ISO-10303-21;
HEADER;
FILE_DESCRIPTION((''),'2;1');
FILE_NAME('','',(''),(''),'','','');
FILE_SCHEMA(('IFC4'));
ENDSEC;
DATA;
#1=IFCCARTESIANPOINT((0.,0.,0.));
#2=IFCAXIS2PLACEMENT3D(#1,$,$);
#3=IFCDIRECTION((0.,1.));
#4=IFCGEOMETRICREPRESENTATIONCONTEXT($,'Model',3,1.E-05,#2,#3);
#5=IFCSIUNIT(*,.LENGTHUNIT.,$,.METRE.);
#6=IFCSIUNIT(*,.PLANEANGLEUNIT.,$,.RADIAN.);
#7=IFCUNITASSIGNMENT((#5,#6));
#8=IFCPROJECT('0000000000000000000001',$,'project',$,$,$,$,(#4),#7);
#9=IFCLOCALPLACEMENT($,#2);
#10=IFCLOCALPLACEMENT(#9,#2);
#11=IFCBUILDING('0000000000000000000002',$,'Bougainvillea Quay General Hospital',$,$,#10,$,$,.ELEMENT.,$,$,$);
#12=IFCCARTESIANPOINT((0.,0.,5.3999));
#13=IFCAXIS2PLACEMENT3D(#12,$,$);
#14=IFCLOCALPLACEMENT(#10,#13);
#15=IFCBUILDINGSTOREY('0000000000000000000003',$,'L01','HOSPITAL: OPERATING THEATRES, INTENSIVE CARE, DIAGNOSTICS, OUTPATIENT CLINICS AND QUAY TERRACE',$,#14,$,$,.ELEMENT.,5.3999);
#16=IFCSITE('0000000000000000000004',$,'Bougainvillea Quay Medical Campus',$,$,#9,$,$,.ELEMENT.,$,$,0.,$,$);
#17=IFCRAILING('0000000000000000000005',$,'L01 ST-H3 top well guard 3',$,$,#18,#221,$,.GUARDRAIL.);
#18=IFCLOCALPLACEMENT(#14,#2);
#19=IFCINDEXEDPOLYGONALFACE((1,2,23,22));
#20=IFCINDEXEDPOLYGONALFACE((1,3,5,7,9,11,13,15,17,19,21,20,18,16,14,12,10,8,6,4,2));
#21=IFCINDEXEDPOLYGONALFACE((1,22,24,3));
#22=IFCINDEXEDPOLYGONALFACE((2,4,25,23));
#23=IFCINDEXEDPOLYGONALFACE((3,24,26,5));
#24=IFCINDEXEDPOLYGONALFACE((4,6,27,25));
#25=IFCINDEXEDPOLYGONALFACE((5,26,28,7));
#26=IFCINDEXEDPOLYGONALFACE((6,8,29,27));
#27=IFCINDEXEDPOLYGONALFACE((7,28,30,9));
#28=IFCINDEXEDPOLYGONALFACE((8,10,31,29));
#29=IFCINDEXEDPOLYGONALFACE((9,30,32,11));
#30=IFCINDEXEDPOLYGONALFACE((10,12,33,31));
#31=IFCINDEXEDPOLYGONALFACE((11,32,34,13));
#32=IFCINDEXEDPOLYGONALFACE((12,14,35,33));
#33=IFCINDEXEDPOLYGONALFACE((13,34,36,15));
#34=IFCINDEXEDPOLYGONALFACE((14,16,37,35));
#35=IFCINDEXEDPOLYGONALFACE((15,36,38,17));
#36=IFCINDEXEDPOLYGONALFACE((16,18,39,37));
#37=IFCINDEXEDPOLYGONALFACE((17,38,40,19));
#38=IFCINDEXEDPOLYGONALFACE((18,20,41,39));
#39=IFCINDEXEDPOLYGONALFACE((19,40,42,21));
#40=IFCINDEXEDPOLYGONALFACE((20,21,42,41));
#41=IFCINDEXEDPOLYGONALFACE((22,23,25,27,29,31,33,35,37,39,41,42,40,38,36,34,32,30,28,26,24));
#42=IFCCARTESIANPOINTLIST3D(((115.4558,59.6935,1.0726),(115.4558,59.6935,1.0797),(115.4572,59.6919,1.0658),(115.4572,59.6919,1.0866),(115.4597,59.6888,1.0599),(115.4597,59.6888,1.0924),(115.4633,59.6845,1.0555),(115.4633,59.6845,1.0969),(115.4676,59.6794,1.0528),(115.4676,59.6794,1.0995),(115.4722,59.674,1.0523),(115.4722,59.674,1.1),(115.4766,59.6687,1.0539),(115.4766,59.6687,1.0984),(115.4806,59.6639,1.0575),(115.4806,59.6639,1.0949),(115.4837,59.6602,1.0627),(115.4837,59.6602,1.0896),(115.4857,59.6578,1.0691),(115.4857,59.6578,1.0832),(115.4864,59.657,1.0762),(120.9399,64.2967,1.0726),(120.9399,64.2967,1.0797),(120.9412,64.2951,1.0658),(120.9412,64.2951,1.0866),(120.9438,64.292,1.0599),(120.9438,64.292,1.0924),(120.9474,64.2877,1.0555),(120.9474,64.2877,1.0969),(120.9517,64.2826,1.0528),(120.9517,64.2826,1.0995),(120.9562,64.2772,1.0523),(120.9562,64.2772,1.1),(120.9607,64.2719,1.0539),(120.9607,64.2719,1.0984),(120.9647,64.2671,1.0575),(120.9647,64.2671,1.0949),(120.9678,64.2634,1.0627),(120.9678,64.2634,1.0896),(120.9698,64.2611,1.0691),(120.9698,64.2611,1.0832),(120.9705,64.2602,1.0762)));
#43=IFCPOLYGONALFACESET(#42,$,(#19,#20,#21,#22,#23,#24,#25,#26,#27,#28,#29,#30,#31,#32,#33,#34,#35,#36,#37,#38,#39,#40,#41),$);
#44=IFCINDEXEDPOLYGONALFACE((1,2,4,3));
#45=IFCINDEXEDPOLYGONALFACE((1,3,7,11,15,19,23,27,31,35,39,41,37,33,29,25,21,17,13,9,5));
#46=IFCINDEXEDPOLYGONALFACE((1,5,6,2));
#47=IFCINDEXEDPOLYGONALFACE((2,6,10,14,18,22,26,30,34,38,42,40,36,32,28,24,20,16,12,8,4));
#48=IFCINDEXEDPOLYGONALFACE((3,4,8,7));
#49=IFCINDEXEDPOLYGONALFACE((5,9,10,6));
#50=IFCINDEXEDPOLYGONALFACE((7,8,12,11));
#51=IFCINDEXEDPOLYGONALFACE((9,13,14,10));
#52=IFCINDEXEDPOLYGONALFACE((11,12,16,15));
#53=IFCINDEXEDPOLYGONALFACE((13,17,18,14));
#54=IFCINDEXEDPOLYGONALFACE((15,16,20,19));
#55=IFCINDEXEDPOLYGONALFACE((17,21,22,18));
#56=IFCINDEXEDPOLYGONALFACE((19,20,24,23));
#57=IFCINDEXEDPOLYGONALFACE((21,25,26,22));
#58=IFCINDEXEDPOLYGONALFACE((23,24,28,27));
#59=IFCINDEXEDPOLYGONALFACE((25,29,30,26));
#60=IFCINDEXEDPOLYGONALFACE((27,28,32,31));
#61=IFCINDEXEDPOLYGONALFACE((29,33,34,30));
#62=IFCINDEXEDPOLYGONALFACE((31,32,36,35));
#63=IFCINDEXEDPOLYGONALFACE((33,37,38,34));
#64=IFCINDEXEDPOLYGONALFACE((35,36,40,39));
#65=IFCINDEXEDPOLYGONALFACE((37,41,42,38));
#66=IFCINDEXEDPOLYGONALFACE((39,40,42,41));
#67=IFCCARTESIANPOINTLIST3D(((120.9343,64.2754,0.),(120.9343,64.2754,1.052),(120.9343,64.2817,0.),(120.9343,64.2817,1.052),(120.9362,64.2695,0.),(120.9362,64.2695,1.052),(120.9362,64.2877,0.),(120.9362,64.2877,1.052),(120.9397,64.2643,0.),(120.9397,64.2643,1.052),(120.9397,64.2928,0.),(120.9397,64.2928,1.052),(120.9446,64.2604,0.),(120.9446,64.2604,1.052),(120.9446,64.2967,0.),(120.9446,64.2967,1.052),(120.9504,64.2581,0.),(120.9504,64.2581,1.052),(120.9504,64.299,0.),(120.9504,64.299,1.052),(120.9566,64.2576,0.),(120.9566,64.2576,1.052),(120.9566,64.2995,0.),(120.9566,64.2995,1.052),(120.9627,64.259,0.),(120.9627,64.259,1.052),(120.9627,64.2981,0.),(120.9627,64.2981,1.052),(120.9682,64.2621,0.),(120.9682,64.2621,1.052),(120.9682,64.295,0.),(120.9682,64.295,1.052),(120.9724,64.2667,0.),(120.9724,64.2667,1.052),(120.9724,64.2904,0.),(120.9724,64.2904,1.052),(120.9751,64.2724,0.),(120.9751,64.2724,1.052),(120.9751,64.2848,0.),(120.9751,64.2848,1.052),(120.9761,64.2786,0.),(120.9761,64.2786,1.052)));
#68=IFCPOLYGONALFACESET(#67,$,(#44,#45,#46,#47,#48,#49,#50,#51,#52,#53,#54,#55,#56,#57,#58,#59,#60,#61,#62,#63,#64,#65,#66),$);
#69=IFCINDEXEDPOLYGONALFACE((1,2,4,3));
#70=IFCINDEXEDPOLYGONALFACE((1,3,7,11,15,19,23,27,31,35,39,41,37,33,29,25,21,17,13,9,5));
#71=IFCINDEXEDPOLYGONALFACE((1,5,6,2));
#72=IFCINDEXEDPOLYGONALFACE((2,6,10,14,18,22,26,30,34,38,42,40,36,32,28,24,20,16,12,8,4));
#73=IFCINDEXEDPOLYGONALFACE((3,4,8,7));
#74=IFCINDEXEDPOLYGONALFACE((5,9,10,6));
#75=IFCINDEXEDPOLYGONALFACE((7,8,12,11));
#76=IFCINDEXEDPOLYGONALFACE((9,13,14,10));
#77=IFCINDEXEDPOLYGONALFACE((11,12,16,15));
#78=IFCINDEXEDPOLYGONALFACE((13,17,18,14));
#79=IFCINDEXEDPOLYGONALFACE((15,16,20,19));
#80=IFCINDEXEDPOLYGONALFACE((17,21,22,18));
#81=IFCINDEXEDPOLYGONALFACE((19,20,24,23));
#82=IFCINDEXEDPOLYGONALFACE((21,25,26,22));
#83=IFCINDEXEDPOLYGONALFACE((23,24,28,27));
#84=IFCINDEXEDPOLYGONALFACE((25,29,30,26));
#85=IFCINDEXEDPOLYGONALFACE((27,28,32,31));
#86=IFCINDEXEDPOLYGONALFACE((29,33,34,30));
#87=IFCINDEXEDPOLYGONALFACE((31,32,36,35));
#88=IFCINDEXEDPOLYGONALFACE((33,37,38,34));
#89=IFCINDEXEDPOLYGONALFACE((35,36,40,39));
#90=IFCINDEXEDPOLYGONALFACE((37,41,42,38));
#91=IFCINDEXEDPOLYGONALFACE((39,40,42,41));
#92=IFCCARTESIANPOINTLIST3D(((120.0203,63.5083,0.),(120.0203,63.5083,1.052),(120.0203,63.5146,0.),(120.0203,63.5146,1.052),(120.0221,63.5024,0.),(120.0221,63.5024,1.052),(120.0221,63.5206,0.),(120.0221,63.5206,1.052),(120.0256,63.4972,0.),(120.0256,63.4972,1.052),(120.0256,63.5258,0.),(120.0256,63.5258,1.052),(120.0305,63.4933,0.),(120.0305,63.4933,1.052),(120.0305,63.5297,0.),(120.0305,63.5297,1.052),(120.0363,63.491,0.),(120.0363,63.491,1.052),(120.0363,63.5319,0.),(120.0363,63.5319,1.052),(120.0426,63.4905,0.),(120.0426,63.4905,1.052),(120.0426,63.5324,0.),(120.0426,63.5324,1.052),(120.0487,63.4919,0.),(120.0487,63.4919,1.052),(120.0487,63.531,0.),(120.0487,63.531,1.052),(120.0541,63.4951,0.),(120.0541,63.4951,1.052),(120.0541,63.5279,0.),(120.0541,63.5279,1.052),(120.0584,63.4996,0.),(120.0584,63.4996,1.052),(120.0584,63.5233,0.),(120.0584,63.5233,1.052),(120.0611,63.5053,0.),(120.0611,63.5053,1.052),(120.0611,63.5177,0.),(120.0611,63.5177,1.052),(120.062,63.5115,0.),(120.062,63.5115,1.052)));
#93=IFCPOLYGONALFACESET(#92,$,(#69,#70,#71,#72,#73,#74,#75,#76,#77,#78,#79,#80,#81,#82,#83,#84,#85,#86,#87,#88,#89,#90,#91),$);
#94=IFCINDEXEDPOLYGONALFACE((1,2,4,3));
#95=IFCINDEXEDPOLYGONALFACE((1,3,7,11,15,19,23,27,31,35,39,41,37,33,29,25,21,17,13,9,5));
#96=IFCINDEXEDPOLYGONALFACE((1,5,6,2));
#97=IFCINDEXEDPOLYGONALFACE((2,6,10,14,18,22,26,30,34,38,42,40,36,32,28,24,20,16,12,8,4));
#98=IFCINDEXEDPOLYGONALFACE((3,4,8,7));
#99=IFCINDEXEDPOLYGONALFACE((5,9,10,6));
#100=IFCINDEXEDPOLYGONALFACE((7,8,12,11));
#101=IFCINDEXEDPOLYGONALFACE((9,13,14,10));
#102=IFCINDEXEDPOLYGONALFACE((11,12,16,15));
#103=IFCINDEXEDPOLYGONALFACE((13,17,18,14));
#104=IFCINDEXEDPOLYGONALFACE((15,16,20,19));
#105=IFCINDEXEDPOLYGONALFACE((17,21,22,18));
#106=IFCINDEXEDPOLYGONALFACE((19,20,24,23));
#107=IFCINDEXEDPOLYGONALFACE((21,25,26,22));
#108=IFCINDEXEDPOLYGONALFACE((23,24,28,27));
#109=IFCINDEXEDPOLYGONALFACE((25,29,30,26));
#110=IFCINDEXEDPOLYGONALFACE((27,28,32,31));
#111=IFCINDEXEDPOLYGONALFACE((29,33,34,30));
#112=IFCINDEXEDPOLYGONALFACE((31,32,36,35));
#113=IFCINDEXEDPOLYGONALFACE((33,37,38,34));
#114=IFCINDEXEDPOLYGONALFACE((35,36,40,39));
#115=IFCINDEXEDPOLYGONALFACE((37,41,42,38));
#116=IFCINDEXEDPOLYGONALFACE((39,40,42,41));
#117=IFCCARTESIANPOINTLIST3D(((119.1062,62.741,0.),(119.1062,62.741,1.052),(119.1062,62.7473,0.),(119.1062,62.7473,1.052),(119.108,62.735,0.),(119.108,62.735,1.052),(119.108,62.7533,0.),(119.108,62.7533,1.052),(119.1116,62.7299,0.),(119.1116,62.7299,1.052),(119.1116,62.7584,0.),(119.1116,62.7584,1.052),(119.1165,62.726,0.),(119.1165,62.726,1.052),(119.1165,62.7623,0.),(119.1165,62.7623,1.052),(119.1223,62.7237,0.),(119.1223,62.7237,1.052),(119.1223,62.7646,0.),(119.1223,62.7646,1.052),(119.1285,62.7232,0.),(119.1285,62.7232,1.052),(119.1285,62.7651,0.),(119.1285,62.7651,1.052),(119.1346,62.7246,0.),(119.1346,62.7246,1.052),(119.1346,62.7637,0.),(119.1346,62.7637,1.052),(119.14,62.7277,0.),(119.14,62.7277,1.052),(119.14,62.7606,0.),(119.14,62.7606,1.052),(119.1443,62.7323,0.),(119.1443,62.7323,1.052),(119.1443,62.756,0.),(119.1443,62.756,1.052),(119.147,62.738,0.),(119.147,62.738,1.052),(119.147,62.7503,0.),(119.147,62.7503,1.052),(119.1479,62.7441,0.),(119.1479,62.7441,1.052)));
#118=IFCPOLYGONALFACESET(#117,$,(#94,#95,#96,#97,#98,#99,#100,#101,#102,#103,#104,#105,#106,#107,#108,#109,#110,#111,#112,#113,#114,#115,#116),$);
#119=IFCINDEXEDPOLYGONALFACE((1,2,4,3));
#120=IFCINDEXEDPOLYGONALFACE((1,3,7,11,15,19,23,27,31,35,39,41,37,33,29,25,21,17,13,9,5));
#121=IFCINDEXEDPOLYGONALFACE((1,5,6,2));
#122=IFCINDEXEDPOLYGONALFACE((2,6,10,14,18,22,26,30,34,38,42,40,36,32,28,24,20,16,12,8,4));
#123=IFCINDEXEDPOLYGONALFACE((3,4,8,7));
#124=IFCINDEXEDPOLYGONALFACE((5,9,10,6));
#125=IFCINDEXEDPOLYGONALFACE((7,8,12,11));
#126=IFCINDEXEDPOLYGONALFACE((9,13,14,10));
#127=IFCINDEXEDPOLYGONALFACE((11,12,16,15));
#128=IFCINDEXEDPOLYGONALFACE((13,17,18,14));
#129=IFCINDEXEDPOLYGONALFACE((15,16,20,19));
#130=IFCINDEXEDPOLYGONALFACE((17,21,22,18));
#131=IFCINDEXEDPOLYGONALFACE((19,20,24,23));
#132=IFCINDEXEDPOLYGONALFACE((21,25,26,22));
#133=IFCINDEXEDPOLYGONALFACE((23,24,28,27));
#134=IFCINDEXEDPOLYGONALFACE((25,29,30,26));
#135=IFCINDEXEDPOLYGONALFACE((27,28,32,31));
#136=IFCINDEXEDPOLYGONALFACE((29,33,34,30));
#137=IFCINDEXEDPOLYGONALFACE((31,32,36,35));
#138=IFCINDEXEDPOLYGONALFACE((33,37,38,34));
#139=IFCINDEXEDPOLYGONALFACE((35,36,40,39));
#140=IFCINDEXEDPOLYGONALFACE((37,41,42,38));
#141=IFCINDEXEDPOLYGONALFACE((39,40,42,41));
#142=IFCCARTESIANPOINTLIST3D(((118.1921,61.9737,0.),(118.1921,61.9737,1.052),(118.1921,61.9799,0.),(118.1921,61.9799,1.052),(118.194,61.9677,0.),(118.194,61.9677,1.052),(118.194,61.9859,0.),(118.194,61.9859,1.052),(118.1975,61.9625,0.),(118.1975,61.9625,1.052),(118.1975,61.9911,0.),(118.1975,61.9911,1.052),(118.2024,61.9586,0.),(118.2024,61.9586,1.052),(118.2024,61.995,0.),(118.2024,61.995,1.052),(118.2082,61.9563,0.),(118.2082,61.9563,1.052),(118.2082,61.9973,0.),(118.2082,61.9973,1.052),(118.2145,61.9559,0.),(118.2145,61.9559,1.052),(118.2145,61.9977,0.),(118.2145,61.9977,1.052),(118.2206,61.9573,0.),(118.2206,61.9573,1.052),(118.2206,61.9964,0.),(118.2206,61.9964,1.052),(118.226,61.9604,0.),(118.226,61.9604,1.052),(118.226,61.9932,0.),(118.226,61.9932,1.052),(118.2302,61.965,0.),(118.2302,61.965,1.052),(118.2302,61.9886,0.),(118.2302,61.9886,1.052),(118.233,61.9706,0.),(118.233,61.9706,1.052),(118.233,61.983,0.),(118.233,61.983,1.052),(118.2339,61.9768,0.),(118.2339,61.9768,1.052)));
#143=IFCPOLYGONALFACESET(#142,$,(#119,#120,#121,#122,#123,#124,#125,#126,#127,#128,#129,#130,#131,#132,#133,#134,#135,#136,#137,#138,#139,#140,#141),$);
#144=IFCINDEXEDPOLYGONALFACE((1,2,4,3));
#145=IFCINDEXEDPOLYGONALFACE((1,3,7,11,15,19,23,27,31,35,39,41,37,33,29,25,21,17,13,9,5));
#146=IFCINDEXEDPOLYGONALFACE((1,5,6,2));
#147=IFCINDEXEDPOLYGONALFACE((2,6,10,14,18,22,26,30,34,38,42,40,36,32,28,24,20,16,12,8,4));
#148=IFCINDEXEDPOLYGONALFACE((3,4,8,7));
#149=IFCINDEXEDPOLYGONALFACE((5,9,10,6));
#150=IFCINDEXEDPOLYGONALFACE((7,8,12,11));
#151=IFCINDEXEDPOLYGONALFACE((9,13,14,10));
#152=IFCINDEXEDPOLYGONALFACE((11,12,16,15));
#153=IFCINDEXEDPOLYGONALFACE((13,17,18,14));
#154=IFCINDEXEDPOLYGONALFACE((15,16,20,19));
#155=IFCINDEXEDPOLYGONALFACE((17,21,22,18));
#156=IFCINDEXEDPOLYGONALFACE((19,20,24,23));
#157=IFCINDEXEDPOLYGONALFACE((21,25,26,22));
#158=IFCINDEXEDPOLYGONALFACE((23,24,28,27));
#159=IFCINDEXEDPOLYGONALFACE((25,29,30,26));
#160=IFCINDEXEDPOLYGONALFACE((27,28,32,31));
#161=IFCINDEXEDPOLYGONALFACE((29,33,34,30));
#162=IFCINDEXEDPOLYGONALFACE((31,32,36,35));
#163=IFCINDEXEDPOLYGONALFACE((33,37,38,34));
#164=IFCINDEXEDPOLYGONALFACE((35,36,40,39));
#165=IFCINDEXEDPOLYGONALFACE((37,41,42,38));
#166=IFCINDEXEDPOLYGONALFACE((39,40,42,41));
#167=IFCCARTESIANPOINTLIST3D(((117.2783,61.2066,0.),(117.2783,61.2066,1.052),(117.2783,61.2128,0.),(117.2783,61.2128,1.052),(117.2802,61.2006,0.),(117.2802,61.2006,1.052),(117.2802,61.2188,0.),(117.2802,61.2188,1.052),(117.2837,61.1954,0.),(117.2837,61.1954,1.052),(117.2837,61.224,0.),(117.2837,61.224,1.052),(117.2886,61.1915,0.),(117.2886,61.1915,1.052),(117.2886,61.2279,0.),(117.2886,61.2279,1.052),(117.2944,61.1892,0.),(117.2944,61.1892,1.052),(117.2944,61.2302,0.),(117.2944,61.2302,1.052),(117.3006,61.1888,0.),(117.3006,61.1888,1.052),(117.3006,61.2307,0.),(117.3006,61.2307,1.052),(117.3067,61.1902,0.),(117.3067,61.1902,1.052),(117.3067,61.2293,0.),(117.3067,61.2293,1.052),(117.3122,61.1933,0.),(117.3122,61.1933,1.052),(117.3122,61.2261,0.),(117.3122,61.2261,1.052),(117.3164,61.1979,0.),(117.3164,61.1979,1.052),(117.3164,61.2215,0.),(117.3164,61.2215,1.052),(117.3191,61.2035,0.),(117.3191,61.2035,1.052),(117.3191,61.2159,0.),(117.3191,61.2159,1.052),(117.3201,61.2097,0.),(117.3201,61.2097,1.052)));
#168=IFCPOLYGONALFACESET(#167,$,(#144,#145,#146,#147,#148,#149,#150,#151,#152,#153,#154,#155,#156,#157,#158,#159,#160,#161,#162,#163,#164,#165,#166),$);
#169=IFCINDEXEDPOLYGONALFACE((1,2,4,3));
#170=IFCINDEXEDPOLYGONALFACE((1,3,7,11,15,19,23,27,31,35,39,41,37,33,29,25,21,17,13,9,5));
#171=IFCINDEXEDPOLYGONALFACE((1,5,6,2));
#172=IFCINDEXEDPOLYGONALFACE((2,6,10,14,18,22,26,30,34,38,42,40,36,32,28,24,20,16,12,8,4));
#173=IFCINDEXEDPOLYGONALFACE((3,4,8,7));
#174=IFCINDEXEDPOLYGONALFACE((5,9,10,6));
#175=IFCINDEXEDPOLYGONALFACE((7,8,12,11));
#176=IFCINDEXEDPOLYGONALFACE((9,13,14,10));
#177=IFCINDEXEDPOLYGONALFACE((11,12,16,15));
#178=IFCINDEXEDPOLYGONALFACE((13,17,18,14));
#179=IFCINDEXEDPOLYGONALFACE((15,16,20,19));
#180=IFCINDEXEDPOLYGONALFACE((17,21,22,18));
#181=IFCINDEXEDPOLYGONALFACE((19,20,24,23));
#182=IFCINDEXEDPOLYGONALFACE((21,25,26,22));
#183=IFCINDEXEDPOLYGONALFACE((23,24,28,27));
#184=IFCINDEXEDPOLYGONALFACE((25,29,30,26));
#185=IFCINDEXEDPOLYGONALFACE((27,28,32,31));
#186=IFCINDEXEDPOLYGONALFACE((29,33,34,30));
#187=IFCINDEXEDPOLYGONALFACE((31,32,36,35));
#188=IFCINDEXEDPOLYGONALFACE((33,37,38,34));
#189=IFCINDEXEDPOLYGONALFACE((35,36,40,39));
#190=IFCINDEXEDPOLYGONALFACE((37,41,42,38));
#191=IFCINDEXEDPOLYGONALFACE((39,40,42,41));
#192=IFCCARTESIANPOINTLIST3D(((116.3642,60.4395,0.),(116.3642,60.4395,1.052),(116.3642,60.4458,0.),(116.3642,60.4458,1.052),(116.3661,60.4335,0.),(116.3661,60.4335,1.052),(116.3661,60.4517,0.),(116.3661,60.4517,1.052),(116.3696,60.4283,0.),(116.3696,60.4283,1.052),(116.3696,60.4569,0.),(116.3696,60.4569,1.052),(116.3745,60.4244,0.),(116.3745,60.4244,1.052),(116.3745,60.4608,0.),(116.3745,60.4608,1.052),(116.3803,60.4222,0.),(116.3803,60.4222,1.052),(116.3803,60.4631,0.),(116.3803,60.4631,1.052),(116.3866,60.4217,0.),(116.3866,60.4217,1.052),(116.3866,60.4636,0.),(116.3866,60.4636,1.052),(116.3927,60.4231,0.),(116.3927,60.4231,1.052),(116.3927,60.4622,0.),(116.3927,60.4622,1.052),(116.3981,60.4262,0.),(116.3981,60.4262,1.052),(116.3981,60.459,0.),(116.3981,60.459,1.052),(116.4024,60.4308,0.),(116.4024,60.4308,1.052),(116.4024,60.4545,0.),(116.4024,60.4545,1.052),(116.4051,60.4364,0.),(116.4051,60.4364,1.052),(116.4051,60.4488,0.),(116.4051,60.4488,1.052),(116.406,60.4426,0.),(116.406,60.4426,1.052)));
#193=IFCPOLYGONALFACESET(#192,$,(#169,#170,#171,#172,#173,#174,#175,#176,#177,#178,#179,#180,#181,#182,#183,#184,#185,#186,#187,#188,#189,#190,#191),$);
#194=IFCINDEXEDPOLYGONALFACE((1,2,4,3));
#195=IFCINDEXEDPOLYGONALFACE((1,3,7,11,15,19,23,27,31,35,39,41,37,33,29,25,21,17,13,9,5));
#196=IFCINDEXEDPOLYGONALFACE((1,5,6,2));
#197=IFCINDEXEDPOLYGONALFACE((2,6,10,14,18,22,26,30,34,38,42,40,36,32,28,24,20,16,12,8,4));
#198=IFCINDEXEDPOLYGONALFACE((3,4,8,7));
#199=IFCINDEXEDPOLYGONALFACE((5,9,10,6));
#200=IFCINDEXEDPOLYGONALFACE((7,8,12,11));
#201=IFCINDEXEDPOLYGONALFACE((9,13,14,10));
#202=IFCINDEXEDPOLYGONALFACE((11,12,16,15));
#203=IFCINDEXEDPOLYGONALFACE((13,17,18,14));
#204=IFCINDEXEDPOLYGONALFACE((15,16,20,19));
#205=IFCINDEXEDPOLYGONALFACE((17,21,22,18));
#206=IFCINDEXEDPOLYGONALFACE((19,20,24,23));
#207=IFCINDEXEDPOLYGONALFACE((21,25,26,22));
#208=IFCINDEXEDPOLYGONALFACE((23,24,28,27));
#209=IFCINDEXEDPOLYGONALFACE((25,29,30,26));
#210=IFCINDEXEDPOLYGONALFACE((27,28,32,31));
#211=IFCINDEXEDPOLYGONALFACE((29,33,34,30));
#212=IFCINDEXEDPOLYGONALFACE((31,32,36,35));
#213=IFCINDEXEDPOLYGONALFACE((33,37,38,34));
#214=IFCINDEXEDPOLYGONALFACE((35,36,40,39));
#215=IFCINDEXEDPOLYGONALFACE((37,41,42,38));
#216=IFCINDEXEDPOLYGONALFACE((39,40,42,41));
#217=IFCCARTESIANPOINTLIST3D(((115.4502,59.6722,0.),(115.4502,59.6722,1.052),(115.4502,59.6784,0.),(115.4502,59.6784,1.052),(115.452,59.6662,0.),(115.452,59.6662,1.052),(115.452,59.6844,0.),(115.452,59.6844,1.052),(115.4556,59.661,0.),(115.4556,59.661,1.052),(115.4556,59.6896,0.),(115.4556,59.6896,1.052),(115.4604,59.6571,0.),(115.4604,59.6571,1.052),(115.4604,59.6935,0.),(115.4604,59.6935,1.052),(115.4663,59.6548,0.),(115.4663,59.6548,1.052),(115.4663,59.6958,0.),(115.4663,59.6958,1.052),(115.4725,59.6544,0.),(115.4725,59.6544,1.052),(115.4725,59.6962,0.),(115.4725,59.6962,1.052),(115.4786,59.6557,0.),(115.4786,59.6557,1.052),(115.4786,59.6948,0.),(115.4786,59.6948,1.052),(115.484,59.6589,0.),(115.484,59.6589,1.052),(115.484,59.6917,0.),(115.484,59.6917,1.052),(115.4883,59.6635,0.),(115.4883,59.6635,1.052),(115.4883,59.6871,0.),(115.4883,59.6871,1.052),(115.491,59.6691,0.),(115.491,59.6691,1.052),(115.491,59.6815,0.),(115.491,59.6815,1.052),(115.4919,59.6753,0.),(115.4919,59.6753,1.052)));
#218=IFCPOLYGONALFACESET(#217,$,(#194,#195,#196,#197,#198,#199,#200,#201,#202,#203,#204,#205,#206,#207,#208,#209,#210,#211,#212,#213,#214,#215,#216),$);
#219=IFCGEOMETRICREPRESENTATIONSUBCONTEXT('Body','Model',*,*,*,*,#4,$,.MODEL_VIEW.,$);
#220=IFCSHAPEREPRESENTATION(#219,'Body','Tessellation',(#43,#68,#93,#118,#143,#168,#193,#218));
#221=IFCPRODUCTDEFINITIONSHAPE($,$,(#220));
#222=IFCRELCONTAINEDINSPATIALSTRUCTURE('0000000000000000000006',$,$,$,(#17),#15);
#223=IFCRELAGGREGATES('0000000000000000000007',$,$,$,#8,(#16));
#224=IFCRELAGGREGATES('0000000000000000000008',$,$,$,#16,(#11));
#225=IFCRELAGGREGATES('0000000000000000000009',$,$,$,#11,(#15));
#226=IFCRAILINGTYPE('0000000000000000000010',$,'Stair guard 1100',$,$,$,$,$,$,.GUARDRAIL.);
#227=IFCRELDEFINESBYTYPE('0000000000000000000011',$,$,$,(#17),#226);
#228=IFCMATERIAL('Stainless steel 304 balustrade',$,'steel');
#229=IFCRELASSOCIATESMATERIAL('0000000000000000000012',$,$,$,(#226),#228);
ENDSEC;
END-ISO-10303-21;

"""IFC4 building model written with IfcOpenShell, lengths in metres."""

from ifc_helpers import new_model, si_unit, direction, frame, origin, origin_2d, place, context, subcontext, project, spatial, circle, extrude, material, type_object, element, save


model = new_model("IFC4")

# Units and contexts
model_context = context("Model", 3, precision=1e-05, world=origin(), true_north=direction((0.0, 1.0)))
body_context = subcontext(model_context, "Body", "Model", "MODEL_VIEW")
ifc_project = project(units=[si_unit("LENGTHUNIT", "METRE"), si_unit("PLANEANGLEUNIT", "RADIAN")], contexts=[model_context])

# Site, building, storey
site_placement = place(None, origin())
site = spatial("IfcSite", under=ifc_project, at=site_placement, Name="Bougainvillea Quay Medical Campus", CompositionType="ELEMENT", RefElevation=0.0)
building_placement = place(site_placement, origin())
building = spatial("IfcBuilding", under=site, at=building_placement, Name="Bougainvillea Quay General Hospital", CompositionType="ELEMENT")
storey_placement = place(building_placement, frame((0.0, 0.0, 5.3999)))
storey = spatial("IfcBuildingStorey", under=building, at=storey_placement, Name="L01", Description="HOSPITAL: OPERATING THEATRES, INTENSIVE CARE, DIAGNOSTICS, OUTPATIENT CLINICS AND QUAY TERRACE", CompositionType="ELEMENT", Elevation=5.3999)

# Railing
ifc_material_1 = material(Name="Stainless steel 304 balustrade", Category="steel")
railing_type = type_object("IfcRailingType", Name="Stair guard 1100", PredefinedType="GUARDRAIL", material=ifc_material_1)
railing_1_placement = place(storey_placement, frame((120.9551, 64.2786, 0.0)))
element("IfcRailing", 1, at=railing_1_placement, inside=storey, type_object=railing_type, Name="L01 ST-H3 top well guard 3", PredefinedType="GUARDRAIL", context=body_context, shape_type="SweptSolid", body=[
    extrude(circle(Radius=0.0239, at=origin_2d()), frame((0.0, 0.0, 1.0762), z_axis=(-0.765939, -0.642914, 0.0), x_axis=(0.642914, -0.765939, 0.0)), (0.0, 0.0, 1.0), 7.1599),
    extrude(circle(Radius=0.021, at=origin_2d()), origin(), (0.0, 0.0, 1.0), 1.052),
    extrude(circle(Radius=0.021, at=origin_2d()), frame((-0.9141, -0.7671, 0.0)), (0.0, 0.0, 1.0), 1.052),
    extrude(circle(Radius=0.021, at=origin_2d()), frame((-1.8281, -1.5344, 0.0)), (0.0, 0.0, 1.0), 1.052),
    extrude(circle(Radius=0.021, at=origin_2d()), frame((-2.7422, -2.3018, 0.0)), (0.0, 0.0, 1.0), 1.052),
    extrude(circle(Radius=0.021, at=origin_2d()), frame((-3.656, -3.0688, 0.0)), (0.0, 0.0, 1.0), 1.052),
    extrude(circle(Radius=0.021, at=origin_2d()), frame((-4.5701, -3.8359, 0.0)), (0.0, 0.0, 1.0), 1.052),
    extrude(circle(Radius=0.021, at=origin_2d()), frame((-5.4841, -4.6033, 0.0)), (0.0, 0.0, 1.0), 1.052),
])

save(model, "model.ifc")
